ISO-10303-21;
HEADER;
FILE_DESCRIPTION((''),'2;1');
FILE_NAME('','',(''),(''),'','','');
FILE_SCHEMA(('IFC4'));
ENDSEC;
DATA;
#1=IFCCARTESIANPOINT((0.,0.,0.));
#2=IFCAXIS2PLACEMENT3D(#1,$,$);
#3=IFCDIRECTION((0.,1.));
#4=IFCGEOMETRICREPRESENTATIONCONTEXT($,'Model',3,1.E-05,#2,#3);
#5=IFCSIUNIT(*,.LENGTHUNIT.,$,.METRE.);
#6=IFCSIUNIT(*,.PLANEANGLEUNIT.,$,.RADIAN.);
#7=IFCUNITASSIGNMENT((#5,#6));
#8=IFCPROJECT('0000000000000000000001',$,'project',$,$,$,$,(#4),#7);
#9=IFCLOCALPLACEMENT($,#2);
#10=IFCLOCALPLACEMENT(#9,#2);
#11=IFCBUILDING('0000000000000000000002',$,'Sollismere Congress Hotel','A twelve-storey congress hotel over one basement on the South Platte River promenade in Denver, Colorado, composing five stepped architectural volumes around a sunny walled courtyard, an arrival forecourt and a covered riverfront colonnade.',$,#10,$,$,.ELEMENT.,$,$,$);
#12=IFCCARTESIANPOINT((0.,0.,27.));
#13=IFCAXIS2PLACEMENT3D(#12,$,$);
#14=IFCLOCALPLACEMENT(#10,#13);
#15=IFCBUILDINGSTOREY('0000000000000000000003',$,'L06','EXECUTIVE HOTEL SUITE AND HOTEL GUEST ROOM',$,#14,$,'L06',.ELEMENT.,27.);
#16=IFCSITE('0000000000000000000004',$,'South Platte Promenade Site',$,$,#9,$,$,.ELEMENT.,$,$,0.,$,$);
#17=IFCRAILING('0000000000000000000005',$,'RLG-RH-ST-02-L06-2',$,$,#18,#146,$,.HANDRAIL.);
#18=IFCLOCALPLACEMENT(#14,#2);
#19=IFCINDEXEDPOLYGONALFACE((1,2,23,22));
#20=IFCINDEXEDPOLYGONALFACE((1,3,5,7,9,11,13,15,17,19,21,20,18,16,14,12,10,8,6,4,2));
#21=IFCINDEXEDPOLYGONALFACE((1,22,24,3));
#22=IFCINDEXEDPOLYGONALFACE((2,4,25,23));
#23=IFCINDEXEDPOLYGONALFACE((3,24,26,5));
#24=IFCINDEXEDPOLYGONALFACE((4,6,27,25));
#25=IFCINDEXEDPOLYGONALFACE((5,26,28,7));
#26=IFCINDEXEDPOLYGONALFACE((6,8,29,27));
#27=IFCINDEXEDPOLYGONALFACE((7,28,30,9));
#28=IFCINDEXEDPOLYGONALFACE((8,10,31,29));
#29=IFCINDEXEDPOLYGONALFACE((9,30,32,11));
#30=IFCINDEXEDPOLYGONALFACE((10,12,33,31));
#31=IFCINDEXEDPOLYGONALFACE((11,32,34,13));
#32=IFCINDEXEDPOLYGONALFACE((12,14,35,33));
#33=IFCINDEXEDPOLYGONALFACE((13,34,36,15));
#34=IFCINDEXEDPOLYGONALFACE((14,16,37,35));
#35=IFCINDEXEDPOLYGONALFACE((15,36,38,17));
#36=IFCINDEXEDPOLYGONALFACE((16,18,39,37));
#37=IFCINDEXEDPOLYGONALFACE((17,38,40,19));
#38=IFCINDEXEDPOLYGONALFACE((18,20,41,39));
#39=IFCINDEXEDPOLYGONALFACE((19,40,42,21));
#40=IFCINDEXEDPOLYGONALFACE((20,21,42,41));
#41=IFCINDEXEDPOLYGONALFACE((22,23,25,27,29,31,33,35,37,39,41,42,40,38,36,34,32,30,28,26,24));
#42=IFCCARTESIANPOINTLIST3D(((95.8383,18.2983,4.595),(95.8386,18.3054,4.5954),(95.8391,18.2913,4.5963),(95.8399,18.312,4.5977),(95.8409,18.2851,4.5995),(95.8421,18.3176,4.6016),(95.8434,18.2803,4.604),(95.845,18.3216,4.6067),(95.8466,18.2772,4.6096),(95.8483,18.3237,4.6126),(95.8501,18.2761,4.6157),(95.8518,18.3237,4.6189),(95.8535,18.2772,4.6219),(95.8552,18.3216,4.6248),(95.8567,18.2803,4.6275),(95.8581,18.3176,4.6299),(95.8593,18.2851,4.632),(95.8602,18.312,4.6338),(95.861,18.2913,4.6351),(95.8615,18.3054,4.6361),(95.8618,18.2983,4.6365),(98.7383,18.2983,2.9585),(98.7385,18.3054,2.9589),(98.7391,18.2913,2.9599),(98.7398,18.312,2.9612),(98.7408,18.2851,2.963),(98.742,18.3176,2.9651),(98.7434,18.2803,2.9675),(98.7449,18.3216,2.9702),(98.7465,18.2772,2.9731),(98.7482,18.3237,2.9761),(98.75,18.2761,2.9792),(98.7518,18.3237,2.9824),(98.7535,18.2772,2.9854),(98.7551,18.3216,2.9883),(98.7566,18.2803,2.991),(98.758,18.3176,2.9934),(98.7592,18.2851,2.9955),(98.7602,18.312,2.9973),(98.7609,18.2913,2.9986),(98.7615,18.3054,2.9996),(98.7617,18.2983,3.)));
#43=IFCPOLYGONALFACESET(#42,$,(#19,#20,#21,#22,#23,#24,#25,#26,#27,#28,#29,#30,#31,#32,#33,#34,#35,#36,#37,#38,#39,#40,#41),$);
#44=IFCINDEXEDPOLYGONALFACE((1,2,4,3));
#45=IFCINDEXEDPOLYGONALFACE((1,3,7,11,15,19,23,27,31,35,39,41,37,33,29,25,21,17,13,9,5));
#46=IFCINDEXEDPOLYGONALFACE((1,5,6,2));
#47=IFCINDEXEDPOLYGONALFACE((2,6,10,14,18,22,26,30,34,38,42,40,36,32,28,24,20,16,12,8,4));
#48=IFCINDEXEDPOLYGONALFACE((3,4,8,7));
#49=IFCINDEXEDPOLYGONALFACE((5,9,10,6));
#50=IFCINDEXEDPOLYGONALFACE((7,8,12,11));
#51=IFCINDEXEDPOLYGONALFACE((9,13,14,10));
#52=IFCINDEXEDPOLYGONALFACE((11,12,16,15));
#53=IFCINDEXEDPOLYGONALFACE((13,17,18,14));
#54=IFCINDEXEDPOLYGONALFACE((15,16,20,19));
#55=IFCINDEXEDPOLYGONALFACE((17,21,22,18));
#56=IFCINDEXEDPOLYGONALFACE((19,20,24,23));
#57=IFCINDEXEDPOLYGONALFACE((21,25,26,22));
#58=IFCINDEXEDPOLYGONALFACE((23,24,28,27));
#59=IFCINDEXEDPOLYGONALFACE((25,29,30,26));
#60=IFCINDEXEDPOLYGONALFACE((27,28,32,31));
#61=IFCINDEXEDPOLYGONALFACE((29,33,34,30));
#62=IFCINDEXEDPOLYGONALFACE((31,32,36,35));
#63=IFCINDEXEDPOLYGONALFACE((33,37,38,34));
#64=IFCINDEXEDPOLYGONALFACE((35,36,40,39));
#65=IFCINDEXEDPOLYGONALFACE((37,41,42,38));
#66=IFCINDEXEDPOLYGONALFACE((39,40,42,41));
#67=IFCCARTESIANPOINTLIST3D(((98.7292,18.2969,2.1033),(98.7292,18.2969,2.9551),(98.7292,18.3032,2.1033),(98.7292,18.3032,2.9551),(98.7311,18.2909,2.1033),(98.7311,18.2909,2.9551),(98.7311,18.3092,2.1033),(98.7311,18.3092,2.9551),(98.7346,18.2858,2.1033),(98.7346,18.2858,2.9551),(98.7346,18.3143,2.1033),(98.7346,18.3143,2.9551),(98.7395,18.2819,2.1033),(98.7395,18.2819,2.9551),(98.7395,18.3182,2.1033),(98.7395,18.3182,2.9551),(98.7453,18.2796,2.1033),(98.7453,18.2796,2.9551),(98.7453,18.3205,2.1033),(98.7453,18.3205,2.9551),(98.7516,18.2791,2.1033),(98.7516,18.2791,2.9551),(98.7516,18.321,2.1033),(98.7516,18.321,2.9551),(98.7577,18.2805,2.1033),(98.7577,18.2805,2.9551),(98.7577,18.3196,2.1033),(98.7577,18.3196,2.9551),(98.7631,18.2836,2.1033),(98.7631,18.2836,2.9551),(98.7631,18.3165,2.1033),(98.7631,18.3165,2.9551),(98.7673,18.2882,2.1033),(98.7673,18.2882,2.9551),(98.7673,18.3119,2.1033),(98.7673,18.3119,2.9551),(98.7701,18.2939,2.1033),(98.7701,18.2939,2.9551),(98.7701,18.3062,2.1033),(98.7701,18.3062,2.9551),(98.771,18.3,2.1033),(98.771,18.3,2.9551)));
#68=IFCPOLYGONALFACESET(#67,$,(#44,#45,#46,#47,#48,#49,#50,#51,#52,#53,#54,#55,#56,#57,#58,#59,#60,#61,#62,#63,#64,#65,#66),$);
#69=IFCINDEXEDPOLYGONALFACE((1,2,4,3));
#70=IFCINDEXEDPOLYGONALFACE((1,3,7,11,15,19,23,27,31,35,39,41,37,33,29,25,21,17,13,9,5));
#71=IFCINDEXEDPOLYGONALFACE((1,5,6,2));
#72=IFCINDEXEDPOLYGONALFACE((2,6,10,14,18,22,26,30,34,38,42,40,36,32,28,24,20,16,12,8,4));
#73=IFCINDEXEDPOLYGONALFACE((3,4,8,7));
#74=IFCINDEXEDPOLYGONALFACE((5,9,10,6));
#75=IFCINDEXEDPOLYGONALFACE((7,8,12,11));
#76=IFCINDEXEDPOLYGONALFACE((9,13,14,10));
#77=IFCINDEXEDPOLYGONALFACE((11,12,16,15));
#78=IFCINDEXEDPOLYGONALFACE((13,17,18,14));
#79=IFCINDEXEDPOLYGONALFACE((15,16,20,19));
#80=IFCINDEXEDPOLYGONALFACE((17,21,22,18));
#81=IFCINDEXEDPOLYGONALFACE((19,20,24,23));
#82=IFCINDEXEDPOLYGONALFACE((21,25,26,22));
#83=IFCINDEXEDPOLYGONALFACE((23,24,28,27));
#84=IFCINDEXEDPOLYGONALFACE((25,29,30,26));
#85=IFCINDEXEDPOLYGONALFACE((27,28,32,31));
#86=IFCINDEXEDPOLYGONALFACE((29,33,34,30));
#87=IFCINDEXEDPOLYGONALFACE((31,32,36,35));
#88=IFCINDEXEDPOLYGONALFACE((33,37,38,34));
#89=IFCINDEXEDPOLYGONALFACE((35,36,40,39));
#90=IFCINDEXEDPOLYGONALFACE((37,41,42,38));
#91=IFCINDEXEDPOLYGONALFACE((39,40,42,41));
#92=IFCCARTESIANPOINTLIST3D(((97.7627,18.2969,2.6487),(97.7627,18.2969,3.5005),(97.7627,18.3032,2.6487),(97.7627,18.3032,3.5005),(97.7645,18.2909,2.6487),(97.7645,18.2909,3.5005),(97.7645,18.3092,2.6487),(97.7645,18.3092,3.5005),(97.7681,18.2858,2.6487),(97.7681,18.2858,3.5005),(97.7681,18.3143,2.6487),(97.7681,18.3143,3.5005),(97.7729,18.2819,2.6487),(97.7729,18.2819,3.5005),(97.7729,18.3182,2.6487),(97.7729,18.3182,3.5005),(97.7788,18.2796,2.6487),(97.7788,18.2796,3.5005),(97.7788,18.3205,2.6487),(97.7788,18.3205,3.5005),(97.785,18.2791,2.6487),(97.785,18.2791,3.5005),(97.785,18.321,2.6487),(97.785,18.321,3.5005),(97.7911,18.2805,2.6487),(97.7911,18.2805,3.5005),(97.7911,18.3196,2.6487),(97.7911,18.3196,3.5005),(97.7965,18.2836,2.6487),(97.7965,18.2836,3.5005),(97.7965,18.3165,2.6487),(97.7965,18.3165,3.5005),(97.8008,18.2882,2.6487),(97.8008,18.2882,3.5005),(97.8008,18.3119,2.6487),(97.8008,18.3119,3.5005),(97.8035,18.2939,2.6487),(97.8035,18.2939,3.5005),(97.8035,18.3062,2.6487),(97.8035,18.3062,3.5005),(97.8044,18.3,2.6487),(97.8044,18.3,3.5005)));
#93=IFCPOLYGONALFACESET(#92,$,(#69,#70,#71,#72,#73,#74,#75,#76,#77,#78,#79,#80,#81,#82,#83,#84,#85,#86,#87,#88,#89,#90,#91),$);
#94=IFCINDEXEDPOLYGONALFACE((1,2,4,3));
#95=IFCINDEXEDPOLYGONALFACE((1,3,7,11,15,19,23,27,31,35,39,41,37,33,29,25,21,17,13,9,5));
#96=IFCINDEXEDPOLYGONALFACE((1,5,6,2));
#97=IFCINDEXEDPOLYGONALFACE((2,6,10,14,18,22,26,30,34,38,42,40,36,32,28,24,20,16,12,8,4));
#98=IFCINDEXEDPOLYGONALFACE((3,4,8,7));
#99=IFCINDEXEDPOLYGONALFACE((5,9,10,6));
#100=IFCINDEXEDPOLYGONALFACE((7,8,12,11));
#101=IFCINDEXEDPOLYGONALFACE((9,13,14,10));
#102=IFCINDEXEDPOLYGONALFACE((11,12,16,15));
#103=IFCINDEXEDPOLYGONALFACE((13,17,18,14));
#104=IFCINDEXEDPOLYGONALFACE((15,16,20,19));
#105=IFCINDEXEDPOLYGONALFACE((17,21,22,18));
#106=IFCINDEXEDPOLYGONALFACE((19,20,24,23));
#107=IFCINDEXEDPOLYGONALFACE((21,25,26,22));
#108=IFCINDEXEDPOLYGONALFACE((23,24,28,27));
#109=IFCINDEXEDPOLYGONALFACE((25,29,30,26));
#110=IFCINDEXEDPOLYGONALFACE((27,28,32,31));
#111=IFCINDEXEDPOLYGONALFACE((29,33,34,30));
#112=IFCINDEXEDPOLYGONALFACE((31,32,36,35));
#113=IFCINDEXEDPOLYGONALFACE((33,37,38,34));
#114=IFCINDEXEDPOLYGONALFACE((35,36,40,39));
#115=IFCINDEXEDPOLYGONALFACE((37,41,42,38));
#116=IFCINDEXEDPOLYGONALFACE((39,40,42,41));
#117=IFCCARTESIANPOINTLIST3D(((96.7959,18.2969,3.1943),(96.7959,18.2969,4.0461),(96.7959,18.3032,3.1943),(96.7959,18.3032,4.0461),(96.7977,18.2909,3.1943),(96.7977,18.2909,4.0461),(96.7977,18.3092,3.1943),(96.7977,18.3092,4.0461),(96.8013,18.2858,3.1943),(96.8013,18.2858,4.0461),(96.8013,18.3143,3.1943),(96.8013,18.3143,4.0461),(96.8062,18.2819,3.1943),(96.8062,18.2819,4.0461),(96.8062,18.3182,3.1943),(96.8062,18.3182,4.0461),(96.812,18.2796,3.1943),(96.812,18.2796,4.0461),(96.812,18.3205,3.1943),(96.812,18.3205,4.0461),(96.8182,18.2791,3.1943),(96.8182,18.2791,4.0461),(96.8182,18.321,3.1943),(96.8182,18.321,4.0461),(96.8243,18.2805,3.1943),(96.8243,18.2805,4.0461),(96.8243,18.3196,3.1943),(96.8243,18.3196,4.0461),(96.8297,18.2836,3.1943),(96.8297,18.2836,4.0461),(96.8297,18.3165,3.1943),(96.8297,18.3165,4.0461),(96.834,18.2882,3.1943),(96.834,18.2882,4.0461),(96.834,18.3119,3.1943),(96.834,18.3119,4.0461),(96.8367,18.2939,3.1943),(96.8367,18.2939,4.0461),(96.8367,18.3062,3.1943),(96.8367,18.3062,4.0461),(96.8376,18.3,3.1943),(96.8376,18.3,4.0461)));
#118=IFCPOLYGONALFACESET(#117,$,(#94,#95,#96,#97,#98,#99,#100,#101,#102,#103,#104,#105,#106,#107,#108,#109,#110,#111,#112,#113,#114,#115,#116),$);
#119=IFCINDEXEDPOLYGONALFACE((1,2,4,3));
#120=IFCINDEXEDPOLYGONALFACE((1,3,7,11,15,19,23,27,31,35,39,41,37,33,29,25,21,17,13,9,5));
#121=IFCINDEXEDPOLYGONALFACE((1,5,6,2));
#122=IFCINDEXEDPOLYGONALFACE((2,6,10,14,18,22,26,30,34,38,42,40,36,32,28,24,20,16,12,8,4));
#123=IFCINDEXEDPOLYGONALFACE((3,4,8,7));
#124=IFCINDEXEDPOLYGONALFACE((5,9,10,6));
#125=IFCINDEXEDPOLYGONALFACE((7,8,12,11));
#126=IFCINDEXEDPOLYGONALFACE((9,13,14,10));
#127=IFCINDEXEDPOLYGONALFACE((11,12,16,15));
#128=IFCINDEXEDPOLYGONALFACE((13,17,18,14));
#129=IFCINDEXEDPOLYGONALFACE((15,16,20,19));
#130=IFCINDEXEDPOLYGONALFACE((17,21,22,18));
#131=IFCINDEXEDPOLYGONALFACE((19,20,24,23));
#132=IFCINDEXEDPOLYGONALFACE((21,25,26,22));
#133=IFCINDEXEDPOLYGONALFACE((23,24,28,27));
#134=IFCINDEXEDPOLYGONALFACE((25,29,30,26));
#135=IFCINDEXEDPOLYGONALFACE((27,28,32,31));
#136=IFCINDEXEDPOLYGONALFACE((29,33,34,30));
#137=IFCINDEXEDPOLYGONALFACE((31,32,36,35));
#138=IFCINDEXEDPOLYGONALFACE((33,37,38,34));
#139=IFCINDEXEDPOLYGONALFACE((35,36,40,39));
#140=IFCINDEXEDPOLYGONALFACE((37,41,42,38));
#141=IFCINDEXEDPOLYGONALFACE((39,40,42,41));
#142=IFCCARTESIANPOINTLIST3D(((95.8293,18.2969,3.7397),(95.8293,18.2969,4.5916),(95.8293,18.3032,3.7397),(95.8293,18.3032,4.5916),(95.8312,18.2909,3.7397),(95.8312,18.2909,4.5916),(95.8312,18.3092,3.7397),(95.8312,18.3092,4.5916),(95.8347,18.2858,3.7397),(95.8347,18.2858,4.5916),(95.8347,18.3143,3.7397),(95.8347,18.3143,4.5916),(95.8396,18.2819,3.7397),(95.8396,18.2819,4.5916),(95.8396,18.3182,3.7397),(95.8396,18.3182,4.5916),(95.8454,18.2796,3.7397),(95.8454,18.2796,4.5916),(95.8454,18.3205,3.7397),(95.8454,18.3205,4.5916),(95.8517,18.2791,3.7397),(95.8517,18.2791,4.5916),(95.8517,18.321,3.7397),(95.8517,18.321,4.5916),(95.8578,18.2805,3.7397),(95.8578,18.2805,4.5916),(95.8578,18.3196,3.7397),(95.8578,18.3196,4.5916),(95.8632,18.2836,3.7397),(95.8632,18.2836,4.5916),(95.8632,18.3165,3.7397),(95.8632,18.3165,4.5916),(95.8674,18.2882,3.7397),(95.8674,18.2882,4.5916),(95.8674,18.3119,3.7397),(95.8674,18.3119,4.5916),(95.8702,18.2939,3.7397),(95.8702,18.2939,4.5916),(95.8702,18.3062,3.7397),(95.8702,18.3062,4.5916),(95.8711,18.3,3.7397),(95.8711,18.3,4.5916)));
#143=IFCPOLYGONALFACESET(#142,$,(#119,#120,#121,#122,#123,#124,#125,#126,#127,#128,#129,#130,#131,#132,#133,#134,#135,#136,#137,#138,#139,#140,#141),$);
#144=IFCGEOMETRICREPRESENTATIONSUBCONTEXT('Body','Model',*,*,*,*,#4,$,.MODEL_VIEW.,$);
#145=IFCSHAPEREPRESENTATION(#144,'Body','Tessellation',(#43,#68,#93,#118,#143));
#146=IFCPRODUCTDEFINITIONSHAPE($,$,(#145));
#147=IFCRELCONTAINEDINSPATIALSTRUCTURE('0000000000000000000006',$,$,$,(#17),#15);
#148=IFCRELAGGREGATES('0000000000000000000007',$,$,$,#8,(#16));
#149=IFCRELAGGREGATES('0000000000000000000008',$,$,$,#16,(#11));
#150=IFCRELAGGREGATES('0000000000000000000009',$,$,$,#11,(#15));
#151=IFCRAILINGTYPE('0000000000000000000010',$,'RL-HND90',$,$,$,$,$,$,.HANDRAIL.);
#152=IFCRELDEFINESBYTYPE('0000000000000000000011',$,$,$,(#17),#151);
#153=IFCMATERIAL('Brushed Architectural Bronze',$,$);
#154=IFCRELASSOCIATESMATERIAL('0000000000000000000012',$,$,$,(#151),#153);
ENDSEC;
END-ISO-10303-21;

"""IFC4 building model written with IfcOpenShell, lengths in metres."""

from ifc_helpers import new_model, si_unit, direction, frame, origin, origin_2d, place, context, subcontext, project, spatial, circle, extrude, material, type_object, element, save


model = new_model("IFC4")

# Units and contexts
model_context = context("Model", 3, precision=1e-05, world=origin(), true_north=direction((0.0, 1.0)))
body_context = subcontext(model_context, "Body", "Model", "MODEL_VIEW")
ifc_project = project(units=[si_unit("LENGTHUNIT", "METRE"), si_unit("PLANEANGLEUNIT", "RADIAN")], contexts=[model_context])

# Site, building, storey
site_placement = place(None, origin())
site = spatial("IfcSite", under=ifc_project, at=site_placement, Name="South Platte Promenade Site", CompositionType="ELEMENT", RefElevation=0.0)
building_placement = place(site_placement, origin())
building = spatial("IfcBuilding", under=site, at=building_placement, Name="Sollismere Congress Hotel", Description="A twelve-storey congress hotel over one basement on the South Platte River promenade in Denver, Colorado, composing five stepped architectural volumes around a sunny walled courtyard, an arrival forecourt and a covered riverfront colonnade.", CompositionType="ELEMENT")
storey_placement = place(building_placement, frame((0.0, 0.0, 27.0)))
storey = spatial("IfcBuildingStorey", under=building, at=storey_placement, Name="L06", Description="EXECUTIVE HOTEL SUITE AND HOTEL GUEST ROOM", LongName="L06", CompositionType="ELEMENT", Elevation=27.0)

# Railing
ifc_material_1 = material(Name="Brushed Architectural Bronze")
railing_type_1 = type_object("IfcRailingType", Name="RL-HND90", PredefinedType="HANDRAIL", material=ifc_material_1)
railing_1_placement = place(storey_placement, frame((98.75, 18.3, 2.1033)))
element("IfcRailing", 1, at=railing_1_placement, inside=storey, type_object=railing_type_1, Name="RLG-RH-ST-02-L06-2", PredefinedType="HANDRAIL", context=body_context, shape_type="SweptSolid", body=[
    extrude(circle(Radius=0.0239, at=origin_2d()), frame((0.0, 0.0, 0.876), z_axis=(-0.870897, 0.0, 0.491465), x_axis=(0.0, -1.0, 0.0)), (0.0, 0.0, 1.0), 3.3298),
    extrude(circle(Radius=0.021, at=origin_2d()), origin(), (0.0, 0.0, 1.0), 0.8518),
    extrude(circle(Radius=0.021, at=origin_2d()), frame((-0.9666, 0.0, 0.5454)), (0.0, 0.0, 1.0), 0.8518),
    extrude(circle(Radius=0.021, at=origin_2d()), frame((-1.9333, 0.0, 1.0911)), (0.0, 0.0, 1.0), 0.8518),
    extrude(circle(Radius=0.021, at=origin_2d()), frame((-2.8999, 0.0, 1.6365)), (0.0, 0.0, 1.0), 0.8518),
])

save(model, "model.ifc")
